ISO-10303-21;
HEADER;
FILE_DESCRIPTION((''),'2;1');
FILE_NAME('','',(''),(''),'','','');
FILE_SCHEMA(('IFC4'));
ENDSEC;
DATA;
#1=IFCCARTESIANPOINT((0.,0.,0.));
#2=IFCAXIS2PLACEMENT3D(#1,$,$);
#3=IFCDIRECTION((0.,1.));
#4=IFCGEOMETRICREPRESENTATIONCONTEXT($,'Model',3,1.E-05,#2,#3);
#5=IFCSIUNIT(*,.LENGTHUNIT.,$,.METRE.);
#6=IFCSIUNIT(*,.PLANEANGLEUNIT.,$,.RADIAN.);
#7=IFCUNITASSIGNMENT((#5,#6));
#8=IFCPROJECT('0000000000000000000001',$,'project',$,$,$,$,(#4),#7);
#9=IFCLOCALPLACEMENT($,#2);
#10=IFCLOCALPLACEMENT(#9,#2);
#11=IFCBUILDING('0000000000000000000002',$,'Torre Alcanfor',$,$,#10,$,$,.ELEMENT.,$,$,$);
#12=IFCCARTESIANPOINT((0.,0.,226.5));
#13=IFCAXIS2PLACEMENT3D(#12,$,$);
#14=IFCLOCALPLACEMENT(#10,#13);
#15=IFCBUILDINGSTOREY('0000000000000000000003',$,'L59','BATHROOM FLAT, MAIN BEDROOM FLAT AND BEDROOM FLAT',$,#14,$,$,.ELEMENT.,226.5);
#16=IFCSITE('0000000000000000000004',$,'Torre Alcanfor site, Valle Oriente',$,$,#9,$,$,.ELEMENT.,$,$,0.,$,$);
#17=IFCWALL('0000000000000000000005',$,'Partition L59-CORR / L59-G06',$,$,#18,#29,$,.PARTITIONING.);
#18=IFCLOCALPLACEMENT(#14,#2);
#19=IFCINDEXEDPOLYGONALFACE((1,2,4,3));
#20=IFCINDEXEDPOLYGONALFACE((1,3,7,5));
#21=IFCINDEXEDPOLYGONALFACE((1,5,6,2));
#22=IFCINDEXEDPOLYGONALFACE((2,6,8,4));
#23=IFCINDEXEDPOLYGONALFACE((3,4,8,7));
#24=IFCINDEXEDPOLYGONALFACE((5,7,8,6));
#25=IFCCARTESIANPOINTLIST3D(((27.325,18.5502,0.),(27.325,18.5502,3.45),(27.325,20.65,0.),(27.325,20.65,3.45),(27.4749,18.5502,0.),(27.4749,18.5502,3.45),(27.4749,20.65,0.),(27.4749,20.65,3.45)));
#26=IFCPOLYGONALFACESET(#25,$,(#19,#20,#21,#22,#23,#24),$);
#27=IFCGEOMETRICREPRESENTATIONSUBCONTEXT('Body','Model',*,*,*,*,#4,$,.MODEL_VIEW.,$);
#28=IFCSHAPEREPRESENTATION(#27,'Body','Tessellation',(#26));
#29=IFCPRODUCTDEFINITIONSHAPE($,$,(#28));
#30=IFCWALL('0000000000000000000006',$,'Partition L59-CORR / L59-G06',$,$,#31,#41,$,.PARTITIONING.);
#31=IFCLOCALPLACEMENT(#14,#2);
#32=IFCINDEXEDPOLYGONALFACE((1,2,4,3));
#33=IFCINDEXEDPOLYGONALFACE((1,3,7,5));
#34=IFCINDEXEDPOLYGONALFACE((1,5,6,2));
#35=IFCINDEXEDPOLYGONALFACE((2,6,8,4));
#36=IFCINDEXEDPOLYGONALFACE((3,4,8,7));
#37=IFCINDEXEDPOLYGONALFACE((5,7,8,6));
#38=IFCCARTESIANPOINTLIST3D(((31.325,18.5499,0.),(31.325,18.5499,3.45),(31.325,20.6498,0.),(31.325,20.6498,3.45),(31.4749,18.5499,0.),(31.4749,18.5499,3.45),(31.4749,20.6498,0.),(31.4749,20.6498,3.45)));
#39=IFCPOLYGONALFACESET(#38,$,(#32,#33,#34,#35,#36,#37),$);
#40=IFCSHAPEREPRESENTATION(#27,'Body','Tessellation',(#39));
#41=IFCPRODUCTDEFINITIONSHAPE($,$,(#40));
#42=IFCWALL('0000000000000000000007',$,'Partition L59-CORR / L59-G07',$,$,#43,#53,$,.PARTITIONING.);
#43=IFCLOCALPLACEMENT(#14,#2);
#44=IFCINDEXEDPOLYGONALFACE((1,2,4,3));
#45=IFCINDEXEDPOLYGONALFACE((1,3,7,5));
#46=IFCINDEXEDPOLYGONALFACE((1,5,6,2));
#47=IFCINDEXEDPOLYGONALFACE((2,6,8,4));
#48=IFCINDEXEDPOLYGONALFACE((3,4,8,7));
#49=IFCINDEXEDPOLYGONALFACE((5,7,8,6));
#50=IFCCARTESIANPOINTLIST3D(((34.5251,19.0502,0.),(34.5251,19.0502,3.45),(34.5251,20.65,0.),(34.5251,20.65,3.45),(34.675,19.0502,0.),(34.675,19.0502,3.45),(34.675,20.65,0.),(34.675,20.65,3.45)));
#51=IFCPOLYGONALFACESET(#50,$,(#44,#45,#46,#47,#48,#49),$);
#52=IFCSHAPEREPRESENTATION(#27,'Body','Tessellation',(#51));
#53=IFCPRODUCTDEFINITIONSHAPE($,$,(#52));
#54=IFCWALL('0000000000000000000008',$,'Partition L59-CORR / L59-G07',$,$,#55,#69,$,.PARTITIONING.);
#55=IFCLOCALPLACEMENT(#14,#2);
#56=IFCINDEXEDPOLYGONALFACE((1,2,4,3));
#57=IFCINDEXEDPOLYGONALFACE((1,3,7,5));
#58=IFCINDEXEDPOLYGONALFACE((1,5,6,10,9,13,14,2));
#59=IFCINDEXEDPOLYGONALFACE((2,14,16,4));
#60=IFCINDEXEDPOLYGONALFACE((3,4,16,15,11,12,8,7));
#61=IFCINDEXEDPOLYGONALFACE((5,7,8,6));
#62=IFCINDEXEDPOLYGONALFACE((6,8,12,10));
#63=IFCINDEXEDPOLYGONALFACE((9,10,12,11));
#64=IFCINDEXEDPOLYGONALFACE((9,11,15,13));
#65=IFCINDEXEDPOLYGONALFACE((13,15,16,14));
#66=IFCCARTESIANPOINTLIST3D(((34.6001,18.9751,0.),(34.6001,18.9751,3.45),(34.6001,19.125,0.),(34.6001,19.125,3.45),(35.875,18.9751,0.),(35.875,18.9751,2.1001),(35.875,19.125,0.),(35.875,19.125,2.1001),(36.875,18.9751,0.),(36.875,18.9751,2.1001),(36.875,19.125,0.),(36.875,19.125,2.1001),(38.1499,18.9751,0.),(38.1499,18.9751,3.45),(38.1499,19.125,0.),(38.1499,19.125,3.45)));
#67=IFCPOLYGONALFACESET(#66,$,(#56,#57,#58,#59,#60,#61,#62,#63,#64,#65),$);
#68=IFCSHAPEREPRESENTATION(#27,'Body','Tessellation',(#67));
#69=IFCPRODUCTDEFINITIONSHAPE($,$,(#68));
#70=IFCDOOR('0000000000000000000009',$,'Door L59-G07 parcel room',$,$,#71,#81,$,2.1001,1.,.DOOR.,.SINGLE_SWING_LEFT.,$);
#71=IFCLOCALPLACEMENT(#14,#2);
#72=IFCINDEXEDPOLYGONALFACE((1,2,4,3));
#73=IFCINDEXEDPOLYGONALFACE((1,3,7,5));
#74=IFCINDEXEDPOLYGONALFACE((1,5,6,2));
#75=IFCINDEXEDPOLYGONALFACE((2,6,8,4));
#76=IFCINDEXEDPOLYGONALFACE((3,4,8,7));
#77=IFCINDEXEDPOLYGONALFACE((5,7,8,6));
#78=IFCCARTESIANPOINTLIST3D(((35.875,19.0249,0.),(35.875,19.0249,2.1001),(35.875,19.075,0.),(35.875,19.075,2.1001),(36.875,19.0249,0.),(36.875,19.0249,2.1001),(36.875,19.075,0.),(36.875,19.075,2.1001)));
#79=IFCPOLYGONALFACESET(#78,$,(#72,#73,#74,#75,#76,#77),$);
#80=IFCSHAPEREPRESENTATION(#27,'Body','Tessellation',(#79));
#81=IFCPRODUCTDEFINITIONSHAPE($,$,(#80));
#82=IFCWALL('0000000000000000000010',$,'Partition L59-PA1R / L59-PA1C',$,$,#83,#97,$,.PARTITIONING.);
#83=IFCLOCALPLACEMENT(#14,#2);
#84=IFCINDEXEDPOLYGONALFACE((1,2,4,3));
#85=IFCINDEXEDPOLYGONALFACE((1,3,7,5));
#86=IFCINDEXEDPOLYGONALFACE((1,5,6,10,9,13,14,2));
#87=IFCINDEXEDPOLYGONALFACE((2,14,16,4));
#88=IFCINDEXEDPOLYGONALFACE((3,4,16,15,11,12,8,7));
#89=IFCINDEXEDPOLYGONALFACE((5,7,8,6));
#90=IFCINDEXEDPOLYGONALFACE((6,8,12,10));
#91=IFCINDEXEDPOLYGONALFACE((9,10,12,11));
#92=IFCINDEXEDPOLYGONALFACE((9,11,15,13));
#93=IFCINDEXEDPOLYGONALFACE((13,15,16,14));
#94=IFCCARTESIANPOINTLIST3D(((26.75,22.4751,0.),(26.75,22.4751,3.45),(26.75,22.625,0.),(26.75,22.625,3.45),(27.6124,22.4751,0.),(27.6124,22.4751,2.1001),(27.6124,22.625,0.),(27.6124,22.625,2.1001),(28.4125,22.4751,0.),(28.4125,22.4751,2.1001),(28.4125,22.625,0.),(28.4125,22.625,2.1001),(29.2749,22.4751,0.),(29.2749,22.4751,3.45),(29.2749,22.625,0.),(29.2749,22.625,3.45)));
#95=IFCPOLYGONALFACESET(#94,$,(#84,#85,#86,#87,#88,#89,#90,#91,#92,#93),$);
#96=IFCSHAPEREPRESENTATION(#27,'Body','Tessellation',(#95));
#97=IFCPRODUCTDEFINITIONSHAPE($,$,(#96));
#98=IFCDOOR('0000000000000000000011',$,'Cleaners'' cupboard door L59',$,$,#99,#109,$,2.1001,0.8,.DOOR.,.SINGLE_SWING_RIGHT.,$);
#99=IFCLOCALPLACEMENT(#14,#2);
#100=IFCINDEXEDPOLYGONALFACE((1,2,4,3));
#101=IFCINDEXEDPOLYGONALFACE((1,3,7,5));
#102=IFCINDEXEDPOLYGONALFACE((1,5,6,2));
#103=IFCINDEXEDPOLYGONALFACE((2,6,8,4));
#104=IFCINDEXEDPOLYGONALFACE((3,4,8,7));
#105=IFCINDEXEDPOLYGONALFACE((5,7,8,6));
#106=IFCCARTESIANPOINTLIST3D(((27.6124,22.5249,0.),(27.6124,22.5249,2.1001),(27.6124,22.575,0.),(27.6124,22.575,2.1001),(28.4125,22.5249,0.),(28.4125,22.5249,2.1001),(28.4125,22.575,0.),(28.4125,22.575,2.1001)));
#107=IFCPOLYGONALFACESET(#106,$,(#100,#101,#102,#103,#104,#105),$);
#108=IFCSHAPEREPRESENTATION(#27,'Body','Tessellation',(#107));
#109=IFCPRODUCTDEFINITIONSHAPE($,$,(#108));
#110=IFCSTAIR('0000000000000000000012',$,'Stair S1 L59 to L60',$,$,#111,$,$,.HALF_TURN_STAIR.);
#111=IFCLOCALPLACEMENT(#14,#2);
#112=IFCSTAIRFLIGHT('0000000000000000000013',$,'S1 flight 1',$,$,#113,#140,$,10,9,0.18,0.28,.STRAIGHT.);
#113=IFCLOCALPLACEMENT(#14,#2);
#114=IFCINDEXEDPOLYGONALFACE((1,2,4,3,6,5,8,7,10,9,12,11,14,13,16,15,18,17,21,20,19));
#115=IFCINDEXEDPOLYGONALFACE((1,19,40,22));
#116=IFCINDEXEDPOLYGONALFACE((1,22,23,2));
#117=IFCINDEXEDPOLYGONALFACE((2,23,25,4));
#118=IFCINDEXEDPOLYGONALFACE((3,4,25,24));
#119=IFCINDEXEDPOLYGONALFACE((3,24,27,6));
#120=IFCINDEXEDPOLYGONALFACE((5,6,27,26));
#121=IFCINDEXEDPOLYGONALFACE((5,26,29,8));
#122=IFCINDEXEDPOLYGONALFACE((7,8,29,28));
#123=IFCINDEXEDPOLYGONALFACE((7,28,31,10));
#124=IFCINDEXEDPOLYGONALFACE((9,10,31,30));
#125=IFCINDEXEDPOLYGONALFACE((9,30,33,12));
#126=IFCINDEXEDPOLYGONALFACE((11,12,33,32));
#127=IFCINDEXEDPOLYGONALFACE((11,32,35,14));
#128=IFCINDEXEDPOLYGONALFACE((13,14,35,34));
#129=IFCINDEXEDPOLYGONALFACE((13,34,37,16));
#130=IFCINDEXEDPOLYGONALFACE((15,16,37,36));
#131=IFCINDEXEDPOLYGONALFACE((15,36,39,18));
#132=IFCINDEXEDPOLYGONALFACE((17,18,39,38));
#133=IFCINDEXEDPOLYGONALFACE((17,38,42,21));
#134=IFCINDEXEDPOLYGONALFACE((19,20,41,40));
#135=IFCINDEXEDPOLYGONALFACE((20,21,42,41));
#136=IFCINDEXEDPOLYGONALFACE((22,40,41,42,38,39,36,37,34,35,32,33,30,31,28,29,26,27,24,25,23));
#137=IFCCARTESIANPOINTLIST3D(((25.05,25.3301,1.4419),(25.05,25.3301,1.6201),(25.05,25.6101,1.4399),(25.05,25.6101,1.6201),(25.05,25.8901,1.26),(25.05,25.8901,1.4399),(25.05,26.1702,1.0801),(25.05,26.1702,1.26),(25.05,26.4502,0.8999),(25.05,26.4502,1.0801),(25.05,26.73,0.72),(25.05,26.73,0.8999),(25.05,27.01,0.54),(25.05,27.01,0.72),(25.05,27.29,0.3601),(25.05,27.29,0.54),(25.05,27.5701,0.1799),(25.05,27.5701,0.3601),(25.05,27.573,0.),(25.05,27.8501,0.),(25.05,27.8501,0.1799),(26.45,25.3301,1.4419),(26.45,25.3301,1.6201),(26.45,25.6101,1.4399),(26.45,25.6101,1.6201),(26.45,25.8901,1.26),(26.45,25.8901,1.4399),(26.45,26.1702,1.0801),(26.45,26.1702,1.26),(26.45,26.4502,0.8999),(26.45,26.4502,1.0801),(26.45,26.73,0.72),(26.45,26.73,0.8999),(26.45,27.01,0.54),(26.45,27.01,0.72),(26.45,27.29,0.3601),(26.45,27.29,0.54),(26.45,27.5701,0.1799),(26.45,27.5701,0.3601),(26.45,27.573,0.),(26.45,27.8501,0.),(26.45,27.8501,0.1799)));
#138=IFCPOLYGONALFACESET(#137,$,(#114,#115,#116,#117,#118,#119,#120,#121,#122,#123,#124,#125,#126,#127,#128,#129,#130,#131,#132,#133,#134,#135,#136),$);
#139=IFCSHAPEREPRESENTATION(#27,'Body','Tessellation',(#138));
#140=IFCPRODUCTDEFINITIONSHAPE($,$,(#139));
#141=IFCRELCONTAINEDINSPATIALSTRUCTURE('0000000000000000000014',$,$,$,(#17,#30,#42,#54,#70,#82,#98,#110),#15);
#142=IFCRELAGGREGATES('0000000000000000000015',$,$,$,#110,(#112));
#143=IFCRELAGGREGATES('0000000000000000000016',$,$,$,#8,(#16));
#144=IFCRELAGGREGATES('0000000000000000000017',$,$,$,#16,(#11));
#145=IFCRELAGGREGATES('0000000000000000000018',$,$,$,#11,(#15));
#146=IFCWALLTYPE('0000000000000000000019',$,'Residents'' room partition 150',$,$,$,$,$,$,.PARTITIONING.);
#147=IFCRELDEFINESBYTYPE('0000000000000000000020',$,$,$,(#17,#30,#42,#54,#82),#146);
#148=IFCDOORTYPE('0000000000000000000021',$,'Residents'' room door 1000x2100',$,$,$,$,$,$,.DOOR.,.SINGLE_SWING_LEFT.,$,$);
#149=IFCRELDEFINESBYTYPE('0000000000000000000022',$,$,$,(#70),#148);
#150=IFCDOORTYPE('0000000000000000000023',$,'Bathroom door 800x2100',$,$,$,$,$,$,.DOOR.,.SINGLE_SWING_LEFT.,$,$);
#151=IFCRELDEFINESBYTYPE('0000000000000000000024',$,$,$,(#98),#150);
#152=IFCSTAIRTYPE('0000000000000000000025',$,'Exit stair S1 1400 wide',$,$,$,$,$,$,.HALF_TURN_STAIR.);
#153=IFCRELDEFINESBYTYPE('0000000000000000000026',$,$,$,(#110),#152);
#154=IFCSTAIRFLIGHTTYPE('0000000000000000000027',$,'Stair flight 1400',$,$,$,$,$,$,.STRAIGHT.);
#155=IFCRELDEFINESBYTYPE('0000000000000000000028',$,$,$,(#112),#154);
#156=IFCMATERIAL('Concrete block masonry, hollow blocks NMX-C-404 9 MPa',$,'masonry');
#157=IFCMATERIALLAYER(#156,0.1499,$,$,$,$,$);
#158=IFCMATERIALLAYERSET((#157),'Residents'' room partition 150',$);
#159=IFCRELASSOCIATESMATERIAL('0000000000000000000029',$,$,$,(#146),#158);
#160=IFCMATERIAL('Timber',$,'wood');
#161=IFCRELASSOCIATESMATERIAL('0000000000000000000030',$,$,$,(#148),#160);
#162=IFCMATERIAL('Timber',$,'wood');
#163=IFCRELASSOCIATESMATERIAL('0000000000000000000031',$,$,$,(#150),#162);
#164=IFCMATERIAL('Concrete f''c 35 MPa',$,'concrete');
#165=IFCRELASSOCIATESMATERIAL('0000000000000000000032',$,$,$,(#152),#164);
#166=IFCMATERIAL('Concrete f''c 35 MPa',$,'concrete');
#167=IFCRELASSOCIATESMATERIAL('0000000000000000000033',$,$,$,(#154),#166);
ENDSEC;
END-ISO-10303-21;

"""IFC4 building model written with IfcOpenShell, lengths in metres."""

from ifc_helpers import new_model, si_unit, direction, frame, frame_2d, origin, place, context, subcontext, project, spatial, polyline, rectangle, outline, extrude, material, layer, layer_set, type_object, element, fill, aggregate, save


model = new_model("IFC4")

# Units and contexts
model_context = context("Model", 3, precision=1e-05, world=origin(), true_north=direction((0.0, 1.0)))
body_context = subcontext(model_context, "Body", "Model", "MODEL_VIEW")
ifc_project = project(units=[si_unit("LENGTHUNIT", "METRE"), si_unit("PLANEANGLEUNIT", "RADIAN")], contexts=[model_context])

# Site, building, storey
site_placement = place(None, origin())
site = spatial("IfcSite", under=ifc_project, at=site_placement, Name="Torre Alcanfor site, Valle Oriente", CompositionType="ELEMENT", RefElevation=0.0)
building_placement = place(site_placement, origin())
building = spatial("IfcBuilding", under=site, at=building_placement, Name="Torre Alcanfor", CompositionType="ELEMENT")
storey_placement = place(building_placement, frame((0.0, 0.0, 226.5)))
storey = spatial("IfcBuildingStorey", under=building, at=storey_placement, Name="L59", Description="BATHROOM FLAT, MAIN BEDROOM FLAT AND BEDROOM FLAT", CompositionType="ELEMENT", Elevation=226.5)

# Walls
ifc_material_1 = material(Name="Concrete block masonry, hollow blocks NMX-C-404 9 MPa", Category="masonry")
ifc_layer_1 = layer(ifc_material_1, 0.1499)
ifc_layer_set_1 = layer_set([ifc_layer_1], Name="Residents' room partition 150")
wall_type_1 = type_object("IfcWallType", Name="Residents' room partition 150", PredefinedType="PARTITIONING", material=ifc_layer_set_1)
for number, where, z_axis, x_axis, name in (
    (1, (27.3999, 20.6499, 0.0), (0.0, 0.0, 1.0), (0.0, -1.0, 0.0), "Partition L59-CORR / L59-G06"),
    (2, (31.3999, 18.55, 0.0), (0.0, 0.0, 1.0), (0.0, 1.0, 0.0), "Partition L59-CORR / L59-G06"),
):
    element("IfcWall", number, at=place(storey_placement, frame(where, z_axis=z_axis, x_axis=x_axis)), inside=storey, type_object=wall_type_1, Name=name, PredefinedType="PARTITIONING", context=body_context, shape_type="SweptSolid", body=[
        extrude(rectangle(XDim=2.0999, YDim=0.1499, at=frame_2d((1.0498, 0.0))), origin(), (0.0, 0.0, 1.0), 3.45),
    ])
wall_1_placement = place(storey_placement, frame((34.6001, 20.6499, 0.0), z_axis=(0.0, 0.0, 1.0), x_axis=(0.0, -1.0, 0.0)))
element("IfcWall", 3, at=wall_1_placement, inside=storey, type_object=wall_type_1, Name="Partition L59-CORR / L59-G07", PredefinedType="PARTITIONING", context=body_context, shape_type="SweptSolid", body=[
    extrude(rectangle(XDim=1.5999, YDim=0.1499, at=frame_2d((0.7998, 0.0))), origin(), (0.0, 0.0, 1.0), 3.45),
])

# Walls, openings, doors
wall_2_placement = place(storey_placement, frame((34.6001, 19.05, 0.0), z_axis=(0.0, 0.0, 1.0), x_axis=(1.0, 0.0, 0.0)))
wall_2 = element("IfcWall", 4, at=wall_2_placement, inside=storey, type_object=wall_type_1, Name="Partition L59-CORR / L59-G07", PredefinedType="PARTITIONING", context=body_context, shape_type="SweptSolid", body=[
    extrude(rectangle(XDim=3.5498, YDim=0.1499, at=frame_2d((1.7749, 0.0))), origin(), (0.0, 0.0, 1.0), 3.45),
])
opening_1_placement = place(wall_2_placement, frame((1.2749, 0.0, 0.0)))
opening_1 = element("IfcOpeningElement", 5, at=opening_1_placement, cuts=wall_2, PredefinedType="OPENING", context=body_context, shape_type="SweptSolid", body=[
    extrude(rectangle(XDim=1.0, YDim=2.1001, at=frame_2d((0.5, 1.05))), frame((0.0, 0.085, 0.0), z_axis=(0.0, -1.0, 0.0), x_axis=(1.0, 0.0, 0.0)), (0.0, 0.0, 1.0), 0.1699),
])
ifc_material_2 = material(Name="Timber", Category="wood")
door_type_1 = type_object("IfcDoorType", Name="Residents' room door 1000x2100", OperationType="SINGLE_SWING_LEFT", PredefinedType="DOOR", material=ifc_material_2)
door_1_placement = place(opening_1_placement, origin())
door_1 = element("IfcDoor", 6, at=door_1_placement, inside=storey, type_object=door_type_1, Name="Door L59-G07 parcel room", OperationType="SINGLE_SWING_LEFT", OverallHeight=2.1001, OverallWidth=1.0, PredefinedType="DOOR", context=body_context, shape_type="SweptSolid", body=[
    extrude(rectangle(XDim=1.0, YDim=2.1001, at=frame_2d((0.5, 1.05))), frame((0.0, 0.0249, 0.0), z_axis=(0.0, -1.0, 0.0), x_axis=(1.0, 0.0, 0.0)), (0.0, 0.0, 1.0), 0.05),
])
fill(opening_1, door_1)
wall_3_placement = place(storey_placement, frame((26.75, 22.55, 0.0), z_axis=(0.0, 0.0, 1.0), x_axis=(1.0, 0.0, 0.0)))
wall_3 = element("IfcWall", 7, at=wall_3_placement, inside=storey, type_object=wall_type_1, Name="Partition L59-PA1R / L59-PA1C", PredefinedType="PARTITIONING", context=body_context, shape_type="SweptSolid", body=[
    extrude(rectangle(XDim=2.5249, YDim=0.1499, at=frame_2d((1.2625, 0.0))), origin(), (0.0, 0.0, 1.0), 3.45),
])
opening_2_placement = place(wall_3_placement, frame((0.8625, 0.0, 0.0)))
opening_2 = element("IfcOpeningElement", 8, at=opening_2_placement, cuts=wall_3, PredefinedType="OPENING", context=body_context, shape_type="SweptSolid", body=[
    extrude(rectangle(XDim=0.8, YDim=2.1001, at=frame_2d((0.3999, 1.05))), frame((0.0, 0.085, 0.0), z_axis=(0.0, -1.0, 0.0), x_axis=(1.0, 0.0, 0.0)), (0.0, 0.0, 1.0), 0.1699),
])
ifc_material_3 = material(Name="Timber", Category="wood")
door_type_2 = type_object("IfcDoorType", Name="Bathroom door 800x2100", OperationType="SINGLE_SWING_LEFT", PredefinedType="DOOR", material=ifc_material_3)
door_2_placement = place(opening_2_placement, frame((0.8, 0.0, 0.0), z_axis=(0.0, 0.0, 1.0), x_axis=(-1.0, 0.0, 0.0)))
door_2 = element("IfcDoor", 9, at=door_2_placement, inside=storey, type_object=door_type_2, Name="Cleaners' cupboard door L59", OperationType="SINGLE_SWING_RIGHT", OverallHeight=2.1001, OverallWidth=0.8, PredefinedType="DOOR", context=body_context, shape_type="SweptSolid", body=[
    extrude(rectangle(XDim=0.8, YDim=2.1001, at=frame_2d((0.4001, 1.05))), frame((0.0, 0.0251, 0.0), z_axis=(0.0, -1.0, 0.0), x_axis=(1.0, 0.0, 0.0)), (0.0, 0.0, 1.0), 0.05),
])
fill(opening_2, door_2)

# Stair, stair flight
ifc_material_4 = material(Name="Concrete f'c 35 MPa", Category="concrete")
stair_type = type_object("IfcStairType", Name="Exit stair S1 1400 wide", PredefinedType="HALF_TURN_STAIR", material=ifc_material_4)
stair_placement = place(storey_placement, origin())
stair = element("IfcStair", 10, at=stair_placement, inside=storey, type_object=stair_type, Name="Stair S1 L59 to L60", PredefinedType="HALF_TURN_STAIR")
ifc_material_5 = material(Name="Concrete f'c 35 MPa", Category="concrete")
stair_flight_type = type_object("IfcStairFlightType", Name="Stair flight 1400", PredefinedType="STRAIGHT", material=ifc_material_5)
stair_flight_placement = place(storey_placement, frame((25.75, 27.8501, 0.0), z_axis=(0.0, 0.0, 1.0), x_axis=(0.0, -1.0, 0.0)))
stair_flight = element("IfcStairFlight", 11, at=stair_flight_placement, type_object=stair_flight_type, Name="S1 flight 1", NumberOfRisers=10, NumberOfTreads=9, PredefinedType="STRAIGHT", RiserHeight=0.18, TreadLength=0.28, context=body_context, shape_type="SweptSolid", body=[
    extrude(outline(polyline([(0.0, 0.0), (0.0, 0.1799), (0.28, 0.1799), (0.28, 0.3601), (0.5601, 0.3601), (0.5601, 0.54), (0.8401, 0.54), (0.8401, 0.72), (1.1201, 0.72), (1.1201, 0.8999), (1.3999, 0.8999), (1.3999, 1.0801), (1.6799, 1.0801), (1.6799, 1.26), (1.96, 1.26), (1.96, 1.4399), (2.24, 1.4399), (2.24, 1.6201), (2.52, 1.6201), (2.52, 1.8), (2.52, 1.4419), (0.2771, 0.0), (0.0, 0.0)])), frame((0.0, 0.7, 0.0), z_axis=(0.0, -1.0, 0.0), x_axis=(1.0, 0.0, 0.0)), (0.0, 0.0, 1.0), 1.3999),
])
aggregate(stair, [stair_flight])

save(model, "model.ifc")
